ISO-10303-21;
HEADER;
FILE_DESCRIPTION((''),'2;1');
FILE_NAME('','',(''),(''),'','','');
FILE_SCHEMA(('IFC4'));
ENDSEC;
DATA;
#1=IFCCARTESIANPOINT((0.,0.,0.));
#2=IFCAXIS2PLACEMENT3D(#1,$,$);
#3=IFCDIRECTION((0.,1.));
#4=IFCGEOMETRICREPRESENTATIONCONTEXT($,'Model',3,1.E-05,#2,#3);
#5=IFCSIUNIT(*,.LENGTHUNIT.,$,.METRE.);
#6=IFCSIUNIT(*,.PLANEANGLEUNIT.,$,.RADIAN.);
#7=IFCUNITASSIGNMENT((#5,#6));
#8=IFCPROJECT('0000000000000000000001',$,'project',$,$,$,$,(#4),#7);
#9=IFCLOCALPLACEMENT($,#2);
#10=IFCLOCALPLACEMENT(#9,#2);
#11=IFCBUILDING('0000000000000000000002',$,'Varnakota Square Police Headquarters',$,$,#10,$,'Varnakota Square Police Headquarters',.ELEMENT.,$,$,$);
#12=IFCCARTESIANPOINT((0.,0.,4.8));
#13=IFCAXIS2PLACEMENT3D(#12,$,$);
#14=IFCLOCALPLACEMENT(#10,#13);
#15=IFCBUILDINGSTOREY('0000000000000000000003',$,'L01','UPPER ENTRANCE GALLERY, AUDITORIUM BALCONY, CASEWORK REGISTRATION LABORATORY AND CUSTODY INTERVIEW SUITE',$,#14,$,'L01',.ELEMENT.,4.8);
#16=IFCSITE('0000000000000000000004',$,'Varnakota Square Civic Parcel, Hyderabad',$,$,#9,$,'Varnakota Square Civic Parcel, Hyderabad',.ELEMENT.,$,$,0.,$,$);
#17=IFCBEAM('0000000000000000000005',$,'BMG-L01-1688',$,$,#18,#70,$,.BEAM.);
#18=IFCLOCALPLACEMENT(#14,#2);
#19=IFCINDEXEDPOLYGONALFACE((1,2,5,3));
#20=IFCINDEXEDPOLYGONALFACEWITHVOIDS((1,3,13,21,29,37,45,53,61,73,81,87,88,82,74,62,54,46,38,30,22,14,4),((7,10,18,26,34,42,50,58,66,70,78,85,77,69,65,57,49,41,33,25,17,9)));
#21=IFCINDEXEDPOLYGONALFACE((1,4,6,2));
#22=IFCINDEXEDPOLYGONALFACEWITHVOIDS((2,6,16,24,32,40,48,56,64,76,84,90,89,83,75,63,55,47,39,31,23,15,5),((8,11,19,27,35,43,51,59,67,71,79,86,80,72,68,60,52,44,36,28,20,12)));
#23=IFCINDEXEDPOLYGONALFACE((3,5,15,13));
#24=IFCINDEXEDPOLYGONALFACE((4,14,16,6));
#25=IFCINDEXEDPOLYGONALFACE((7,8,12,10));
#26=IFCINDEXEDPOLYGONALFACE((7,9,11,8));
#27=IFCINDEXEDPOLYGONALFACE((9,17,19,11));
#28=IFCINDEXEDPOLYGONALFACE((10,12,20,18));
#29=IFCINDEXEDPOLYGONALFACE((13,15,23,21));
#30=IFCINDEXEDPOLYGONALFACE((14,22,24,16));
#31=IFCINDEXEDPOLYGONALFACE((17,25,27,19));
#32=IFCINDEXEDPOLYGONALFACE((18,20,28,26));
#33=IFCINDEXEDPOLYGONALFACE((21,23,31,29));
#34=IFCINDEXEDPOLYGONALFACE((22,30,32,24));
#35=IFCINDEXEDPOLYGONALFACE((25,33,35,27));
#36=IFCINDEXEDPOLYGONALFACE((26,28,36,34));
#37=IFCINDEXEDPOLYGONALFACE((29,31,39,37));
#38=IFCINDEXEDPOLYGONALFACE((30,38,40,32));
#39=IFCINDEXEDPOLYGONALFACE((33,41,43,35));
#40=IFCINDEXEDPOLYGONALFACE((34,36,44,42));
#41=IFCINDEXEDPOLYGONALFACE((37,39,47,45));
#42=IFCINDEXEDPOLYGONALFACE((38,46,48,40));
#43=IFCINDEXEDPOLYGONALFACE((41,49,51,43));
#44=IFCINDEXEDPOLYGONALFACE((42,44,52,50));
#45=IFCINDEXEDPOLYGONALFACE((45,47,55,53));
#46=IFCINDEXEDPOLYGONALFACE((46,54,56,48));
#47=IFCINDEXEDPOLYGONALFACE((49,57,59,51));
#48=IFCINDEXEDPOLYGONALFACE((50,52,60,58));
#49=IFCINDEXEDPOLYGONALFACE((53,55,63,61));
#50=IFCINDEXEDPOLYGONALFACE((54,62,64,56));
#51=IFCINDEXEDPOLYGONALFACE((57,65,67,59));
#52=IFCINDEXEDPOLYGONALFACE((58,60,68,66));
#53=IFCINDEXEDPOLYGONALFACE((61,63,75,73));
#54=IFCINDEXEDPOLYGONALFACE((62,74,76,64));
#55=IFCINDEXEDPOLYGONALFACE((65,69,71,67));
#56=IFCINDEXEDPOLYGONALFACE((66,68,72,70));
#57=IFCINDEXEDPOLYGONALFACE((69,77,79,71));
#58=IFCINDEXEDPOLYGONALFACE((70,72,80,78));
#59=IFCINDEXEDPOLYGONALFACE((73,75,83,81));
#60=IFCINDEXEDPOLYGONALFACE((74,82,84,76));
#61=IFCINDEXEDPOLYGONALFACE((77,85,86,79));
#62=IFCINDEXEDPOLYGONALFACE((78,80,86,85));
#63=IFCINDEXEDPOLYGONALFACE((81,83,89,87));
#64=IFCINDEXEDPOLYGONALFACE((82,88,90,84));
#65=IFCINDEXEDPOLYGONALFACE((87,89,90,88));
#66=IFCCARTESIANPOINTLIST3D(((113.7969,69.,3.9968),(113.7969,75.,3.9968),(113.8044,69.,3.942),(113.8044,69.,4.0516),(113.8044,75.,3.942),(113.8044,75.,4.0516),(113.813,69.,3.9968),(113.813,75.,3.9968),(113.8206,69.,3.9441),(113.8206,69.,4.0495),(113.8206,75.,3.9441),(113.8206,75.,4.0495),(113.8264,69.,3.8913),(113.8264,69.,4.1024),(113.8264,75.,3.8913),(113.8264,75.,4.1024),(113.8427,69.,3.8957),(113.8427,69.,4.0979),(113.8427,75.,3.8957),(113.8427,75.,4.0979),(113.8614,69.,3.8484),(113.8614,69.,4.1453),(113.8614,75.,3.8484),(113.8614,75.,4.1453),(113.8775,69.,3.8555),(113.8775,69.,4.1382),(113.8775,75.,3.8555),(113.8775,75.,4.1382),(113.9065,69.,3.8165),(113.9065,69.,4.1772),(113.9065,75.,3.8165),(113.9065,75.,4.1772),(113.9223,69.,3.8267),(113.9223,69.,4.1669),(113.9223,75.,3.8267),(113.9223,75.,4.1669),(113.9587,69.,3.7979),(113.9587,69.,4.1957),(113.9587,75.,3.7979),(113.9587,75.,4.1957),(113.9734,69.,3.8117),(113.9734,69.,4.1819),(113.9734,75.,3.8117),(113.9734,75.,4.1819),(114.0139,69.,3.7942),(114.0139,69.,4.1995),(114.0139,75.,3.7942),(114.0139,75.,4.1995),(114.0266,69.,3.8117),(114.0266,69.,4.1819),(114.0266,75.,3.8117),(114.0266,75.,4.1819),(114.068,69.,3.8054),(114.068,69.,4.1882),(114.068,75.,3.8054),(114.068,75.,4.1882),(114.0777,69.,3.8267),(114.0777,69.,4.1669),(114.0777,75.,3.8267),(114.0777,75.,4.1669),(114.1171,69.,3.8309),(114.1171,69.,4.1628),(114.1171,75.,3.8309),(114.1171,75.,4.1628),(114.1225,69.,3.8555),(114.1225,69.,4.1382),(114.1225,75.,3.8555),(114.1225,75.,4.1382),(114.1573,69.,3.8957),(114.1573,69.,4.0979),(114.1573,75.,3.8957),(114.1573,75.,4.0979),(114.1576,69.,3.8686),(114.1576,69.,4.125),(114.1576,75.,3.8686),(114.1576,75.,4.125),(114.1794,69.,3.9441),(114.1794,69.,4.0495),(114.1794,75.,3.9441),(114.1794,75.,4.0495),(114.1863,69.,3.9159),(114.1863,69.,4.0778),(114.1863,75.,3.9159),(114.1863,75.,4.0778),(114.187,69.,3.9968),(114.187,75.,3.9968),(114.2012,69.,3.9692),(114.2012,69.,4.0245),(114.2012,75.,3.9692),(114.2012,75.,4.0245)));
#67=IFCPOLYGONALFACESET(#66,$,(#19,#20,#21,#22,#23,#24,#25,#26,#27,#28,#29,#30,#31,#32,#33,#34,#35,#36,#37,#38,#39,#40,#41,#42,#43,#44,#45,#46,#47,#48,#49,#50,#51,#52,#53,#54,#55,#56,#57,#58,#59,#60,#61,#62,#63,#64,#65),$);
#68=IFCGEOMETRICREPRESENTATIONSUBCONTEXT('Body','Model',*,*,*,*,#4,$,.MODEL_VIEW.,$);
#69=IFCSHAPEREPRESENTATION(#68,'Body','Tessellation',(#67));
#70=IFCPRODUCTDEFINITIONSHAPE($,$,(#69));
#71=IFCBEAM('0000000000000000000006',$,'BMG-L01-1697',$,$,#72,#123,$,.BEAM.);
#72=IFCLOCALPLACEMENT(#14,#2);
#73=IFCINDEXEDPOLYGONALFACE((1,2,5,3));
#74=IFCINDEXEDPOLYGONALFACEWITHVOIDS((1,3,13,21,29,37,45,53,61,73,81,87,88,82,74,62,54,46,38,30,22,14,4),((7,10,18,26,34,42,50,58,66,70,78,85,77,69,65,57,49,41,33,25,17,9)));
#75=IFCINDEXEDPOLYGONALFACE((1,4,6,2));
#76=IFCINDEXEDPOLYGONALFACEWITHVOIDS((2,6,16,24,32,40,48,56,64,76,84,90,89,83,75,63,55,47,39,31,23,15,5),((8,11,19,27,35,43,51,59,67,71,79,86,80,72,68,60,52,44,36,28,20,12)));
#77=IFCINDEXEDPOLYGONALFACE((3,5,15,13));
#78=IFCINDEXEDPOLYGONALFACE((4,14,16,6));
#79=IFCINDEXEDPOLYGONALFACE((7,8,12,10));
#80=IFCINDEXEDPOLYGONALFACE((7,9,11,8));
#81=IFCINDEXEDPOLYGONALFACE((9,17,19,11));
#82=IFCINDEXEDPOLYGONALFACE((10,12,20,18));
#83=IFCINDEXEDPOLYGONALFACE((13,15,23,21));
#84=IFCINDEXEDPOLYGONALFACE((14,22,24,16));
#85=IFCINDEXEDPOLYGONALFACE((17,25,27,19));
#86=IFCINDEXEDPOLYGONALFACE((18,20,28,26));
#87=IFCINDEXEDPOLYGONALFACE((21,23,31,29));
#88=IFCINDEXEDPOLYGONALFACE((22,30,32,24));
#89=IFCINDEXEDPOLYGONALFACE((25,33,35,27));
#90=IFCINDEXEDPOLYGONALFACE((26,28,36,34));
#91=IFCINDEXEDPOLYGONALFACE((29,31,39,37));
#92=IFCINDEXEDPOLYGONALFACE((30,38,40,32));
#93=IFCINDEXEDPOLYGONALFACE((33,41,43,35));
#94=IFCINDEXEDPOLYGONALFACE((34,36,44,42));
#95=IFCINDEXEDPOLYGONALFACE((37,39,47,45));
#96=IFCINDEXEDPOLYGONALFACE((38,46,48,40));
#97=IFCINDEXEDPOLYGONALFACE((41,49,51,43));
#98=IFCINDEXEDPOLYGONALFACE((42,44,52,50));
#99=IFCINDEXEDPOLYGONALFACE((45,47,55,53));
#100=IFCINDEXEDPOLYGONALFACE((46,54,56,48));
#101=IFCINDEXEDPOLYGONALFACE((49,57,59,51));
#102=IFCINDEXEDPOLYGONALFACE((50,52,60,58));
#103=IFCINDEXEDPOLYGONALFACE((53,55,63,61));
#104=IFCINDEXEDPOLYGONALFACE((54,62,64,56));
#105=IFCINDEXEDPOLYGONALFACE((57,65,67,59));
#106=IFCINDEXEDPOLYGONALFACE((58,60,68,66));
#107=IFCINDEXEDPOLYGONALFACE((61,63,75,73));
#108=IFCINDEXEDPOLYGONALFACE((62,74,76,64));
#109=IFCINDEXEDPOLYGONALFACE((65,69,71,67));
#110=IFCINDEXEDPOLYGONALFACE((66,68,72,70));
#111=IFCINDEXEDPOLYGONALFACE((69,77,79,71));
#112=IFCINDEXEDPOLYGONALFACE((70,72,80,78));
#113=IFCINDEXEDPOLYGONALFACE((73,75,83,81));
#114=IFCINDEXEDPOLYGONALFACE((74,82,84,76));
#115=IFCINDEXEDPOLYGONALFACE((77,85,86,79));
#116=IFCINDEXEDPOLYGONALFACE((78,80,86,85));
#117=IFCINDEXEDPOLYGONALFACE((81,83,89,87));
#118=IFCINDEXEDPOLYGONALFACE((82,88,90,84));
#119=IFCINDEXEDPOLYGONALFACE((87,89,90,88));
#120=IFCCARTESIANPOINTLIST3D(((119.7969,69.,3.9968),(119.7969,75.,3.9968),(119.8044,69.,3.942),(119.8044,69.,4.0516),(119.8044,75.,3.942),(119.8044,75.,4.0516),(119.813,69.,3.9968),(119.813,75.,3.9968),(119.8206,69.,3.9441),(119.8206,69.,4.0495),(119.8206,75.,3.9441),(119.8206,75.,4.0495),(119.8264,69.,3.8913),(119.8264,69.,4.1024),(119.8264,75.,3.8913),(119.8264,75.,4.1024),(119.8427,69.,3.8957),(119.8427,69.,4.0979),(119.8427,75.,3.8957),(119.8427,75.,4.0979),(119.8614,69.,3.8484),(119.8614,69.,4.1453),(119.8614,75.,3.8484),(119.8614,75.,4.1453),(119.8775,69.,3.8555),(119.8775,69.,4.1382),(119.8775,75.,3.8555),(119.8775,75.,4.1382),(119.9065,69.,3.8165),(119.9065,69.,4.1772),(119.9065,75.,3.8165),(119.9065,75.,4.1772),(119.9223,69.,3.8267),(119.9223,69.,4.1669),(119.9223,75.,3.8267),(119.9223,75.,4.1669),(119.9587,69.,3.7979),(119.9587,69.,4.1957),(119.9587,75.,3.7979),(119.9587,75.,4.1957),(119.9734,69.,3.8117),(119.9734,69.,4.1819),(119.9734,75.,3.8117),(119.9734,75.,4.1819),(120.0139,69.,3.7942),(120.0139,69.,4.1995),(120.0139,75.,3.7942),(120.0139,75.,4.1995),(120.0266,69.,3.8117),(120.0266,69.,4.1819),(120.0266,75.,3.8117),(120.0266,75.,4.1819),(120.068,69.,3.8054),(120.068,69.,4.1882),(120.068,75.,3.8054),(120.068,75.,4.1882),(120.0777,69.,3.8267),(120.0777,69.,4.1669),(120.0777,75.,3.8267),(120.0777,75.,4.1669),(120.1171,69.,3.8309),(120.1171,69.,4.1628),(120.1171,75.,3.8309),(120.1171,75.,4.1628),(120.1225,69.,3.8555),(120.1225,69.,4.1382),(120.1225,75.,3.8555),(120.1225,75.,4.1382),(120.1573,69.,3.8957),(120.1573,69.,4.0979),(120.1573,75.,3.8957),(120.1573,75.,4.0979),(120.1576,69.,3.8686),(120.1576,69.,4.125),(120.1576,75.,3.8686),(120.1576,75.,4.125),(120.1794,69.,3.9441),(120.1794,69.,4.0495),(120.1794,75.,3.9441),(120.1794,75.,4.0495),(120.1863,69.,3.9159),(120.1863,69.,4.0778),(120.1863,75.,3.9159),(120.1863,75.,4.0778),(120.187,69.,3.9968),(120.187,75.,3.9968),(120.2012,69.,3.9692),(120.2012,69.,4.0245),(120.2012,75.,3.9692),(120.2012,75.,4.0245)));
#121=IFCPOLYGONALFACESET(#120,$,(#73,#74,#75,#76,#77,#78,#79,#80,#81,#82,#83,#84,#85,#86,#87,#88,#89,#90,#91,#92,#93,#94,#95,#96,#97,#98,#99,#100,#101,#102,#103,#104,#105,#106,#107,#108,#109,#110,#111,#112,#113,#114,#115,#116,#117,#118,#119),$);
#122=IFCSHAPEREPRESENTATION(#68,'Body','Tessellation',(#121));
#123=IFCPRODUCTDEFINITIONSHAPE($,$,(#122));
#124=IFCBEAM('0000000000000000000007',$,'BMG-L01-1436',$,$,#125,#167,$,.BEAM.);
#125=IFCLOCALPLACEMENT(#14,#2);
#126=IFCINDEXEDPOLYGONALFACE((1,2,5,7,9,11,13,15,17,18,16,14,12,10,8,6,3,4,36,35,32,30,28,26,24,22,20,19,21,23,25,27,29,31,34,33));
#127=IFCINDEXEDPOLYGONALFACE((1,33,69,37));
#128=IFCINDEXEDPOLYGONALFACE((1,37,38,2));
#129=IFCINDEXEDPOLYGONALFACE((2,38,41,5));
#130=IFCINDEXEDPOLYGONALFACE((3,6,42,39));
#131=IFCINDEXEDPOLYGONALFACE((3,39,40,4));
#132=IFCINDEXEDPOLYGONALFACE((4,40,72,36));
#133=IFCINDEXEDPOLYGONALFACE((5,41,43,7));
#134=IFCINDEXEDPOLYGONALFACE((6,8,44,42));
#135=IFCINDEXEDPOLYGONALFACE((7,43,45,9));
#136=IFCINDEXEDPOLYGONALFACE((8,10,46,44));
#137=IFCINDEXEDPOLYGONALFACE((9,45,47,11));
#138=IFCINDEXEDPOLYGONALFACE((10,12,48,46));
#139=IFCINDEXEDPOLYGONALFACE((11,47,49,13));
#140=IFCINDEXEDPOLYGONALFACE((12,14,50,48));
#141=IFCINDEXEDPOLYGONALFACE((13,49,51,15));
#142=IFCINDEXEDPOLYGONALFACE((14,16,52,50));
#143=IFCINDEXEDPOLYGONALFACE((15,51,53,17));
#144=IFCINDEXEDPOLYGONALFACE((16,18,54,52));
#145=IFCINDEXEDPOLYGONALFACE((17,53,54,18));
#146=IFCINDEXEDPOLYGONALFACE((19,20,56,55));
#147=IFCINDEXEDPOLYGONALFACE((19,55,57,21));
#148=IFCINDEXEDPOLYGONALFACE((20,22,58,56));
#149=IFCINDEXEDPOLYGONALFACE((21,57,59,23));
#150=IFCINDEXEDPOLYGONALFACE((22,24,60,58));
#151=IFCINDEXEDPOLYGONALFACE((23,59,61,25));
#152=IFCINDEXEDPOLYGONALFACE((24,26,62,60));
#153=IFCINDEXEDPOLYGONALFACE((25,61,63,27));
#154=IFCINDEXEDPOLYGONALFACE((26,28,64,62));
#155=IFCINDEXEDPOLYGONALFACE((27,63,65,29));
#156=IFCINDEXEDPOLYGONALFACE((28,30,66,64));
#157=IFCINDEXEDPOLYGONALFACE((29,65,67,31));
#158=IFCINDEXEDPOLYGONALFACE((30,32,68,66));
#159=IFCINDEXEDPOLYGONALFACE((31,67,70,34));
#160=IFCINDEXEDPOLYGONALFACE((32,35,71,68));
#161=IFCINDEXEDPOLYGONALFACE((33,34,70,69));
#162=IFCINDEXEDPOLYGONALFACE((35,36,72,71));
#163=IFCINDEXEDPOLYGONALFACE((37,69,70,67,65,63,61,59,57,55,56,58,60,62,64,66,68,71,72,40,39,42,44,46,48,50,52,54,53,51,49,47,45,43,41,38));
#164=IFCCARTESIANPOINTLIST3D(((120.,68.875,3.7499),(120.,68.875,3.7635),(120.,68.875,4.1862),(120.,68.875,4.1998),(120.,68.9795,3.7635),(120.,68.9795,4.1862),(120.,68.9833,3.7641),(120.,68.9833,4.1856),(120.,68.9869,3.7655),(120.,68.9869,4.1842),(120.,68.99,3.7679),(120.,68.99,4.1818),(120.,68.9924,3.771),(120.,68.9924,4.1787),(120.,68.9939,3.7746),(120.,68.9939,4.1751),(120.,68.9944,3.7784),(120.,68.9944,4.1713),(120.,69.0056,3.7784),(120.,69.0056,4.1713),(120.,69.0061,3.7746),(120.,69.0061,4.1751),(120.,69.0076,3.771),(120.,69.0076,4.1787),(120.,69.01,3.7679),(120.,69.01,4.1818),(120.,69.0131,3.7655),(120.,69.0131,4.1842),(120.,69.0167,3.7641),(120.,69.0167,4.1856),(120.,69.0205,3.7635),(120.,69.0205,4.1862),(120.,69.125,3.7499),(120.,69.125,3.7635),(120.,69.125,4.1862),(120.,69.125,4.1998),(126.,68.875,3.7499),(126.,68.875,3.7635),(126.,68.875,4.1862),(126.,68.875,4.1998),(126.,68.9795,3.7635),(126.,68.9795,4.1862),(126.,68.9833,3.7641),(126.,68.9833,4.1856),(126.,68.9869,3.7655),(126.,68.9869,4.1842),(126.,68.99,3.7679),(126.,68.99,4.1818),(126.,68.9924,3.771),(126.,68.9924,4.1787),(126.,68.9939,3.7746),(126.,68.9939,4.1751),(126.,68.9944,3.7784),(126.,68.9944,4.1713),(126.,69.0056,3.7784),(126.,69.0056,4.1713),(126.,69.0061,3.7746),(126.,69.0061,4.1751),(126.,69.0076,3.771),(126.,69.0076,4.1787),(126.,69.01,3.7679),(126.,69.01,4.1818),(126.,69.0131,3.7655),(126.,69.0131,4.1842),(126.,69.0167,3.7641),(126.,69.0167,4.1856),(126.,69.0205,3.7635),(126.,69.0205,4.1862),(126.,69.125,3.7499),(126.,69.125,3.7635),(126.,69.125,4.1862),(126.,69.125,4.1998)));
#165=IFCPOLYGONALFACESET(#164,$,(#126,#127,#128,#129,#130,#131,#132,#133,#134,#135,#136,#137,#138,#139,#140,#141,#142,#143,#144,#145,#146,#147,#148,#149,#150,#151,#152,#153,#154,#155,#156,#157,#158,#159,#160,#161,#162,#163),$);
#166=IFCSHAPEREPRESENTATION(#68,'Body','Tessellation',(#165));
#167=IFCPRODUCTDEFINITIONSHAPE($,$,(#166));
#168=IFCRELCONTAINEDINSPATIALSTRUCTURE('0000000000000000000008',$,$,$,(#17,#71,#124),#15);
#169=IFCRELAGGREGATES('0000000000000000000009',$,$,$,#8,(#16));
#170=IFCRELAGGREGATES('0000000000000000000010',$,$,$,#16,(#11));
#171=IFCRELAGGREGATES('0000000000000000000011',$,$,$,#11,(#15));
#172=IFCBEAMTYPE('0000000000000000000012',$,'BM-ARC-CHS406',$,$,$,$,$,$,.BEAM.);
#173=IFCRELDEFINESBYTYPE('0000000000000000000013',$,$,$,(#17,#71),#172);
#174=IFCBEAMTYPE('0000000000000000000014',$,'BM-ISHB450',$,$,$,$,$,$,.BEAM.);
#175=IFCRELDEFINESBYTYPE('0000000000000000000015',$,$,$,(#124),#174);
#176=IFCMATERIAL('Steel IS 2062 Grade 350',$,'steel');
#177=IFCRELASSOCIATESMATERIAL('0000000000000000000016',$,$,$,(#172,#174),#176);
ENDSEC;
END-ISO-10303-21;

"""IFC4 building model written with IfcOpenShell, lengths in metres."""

from ifc_helpers import new_model, si_unit, direction, frame, origin, origin_2d, place, context, subcontext, project, spatial, hollow_circle, i_section, extrude, material, material_profile, profile_set, type_object, element, save


model = new_model("IFC4")

# Units and contexts
model_context = context("Model", 3, precision=1e-05, world=origin(), true_north=direction((0.0, 1.0)))
body_context = subcontext(model_context, "Body", "Model", "MODEL_VIEW")
ifc_project = project(units=[si_unit("LENGTHUNIT", "METRE"), si_unit("PLANEANGLEUNIT", "RADIAN")], contexts=[model_context])

# Site, building, storey
site_placement = place(None, origin())
site = spatial("IfcSite", under=ifc_project, at=site_placement, Name="Varnakota Square Civic Parcel, Hyderabad", LongName="Varnakota Square Civic Parcel, Hyderabad", CompositionType="ELEMENT", RefElevation=0.0)
building_placement = place(site_placement, origin())
building = spatial("IfcBuilding", under=site, at=building_placement, Name="Varnakota Square Police Headquarters", LongName="Varnakota Square Police Headquarters", CompositionType="ELEMENT")
storey_placement = place(building_placement, frame((0.0, 0.0, 4.8)))
storey = spatial("IfcBuildingStorey", under=building, at=storey_placement, Name="L01", Description="UPPER ENTRANCE GALLERY, AUDITORIUM BALCONY, CASEWORK REGISTRATION LABORATORY AND CUSTODY INTERVIEW SUITE", LongName="L01", CompositionType="ELEMENT", Elevation=4.8)

# Shared definitions
ifc_material_1 = material(Name="Steel IS 2062 Grade 350", Category="steel")

# Beams
ifc_material_profile_1 = material_profile(ifc_material_1, hollow_circle(Radius=0.2031, WallThickness=0.0161, at=origin_2d()), Name="CHS 406.4x16.0")
ifc_profile_set_1 = profile_set([ifc_material_profile_1], Name="Steel IS 2062 Grade 350")
beam_type_1 = type_object("IfcBeamType", Name="BM-ARC-CHS406", PredefinedType="BEAM", material=ifc_profile_set_1)
for number, where, z_axis, x_axis, name in (
    (1, (114.0, 69.0, 3.9968), (0.0, 1.0, 0.0), (-1.0, 0.0, 0.0), "BMG-L01-1688"),
    (2, (120.0, 69.0, 3.9968), (0.0, 1.0, 0.0), (-1.0, 0.0, 0.0), "BMG-L01-1697"),
):
    element("IfcBeam", number, at=place(storey_placement, frame(where, z_axis=z_axis, x_axis=x_axis)), inside=storey, type_object=beam_type_1, Name=name, PredefinedType="BEAM", context=body_context, shape_type="SweptSolid", body=[
        extrude(hollow_circle(Radius=0.2031, WallThickness=0.0161, at=origin_2d()), origin(), (0.0, 0.0, 1.0), 6.0),
    ])
ifc_material_profile_2 = material_profile(ifc_material_1, i_section(OverallWidth=0.25, OverallDepth=0.45, WebThickness=0.0112, FlangeThickness=0.0137, FilletRadius=0.0149, at=origin_2d()), Name="ISHB 450")
ifc_profile_set_2 = profile_set([ifc_material_profile_2], Name="Steel IS 2062 Grade 350")
beam_type_2 = type_object("IfcBeamType", Name="BM-ISHB450", PredefinedType="BEAM", material=ifc_profile_set_2)
for number, where, z_axis, x_axis, name in (
    (3, (120.0, 69.0, 3.9749), (1.0, 0.0, 0.0), (0.0, 1.0, 0.0), "BMG-L01-1436"),
):
    element("IfcBeam", number, at=place(storey_placement, frame(where, z_axis=z_axis, x_axis=x_axis)), inside=storey, type_object=beam_type_2, Name=name, PredefinedType="BEAM", context=body_context, shape_type="SweptSolid", body=[
        extrude(i_section(OverallWidth=0.25, OverallDepth=0.45, WebThickness=0.0112, FlangeThickness=0.0137, FilletRadius=0.0149, at=origin_2d()), origin(), (0.0, 0.0, 1.0), 6.0),
    ])

save(model, "model.ifc")
